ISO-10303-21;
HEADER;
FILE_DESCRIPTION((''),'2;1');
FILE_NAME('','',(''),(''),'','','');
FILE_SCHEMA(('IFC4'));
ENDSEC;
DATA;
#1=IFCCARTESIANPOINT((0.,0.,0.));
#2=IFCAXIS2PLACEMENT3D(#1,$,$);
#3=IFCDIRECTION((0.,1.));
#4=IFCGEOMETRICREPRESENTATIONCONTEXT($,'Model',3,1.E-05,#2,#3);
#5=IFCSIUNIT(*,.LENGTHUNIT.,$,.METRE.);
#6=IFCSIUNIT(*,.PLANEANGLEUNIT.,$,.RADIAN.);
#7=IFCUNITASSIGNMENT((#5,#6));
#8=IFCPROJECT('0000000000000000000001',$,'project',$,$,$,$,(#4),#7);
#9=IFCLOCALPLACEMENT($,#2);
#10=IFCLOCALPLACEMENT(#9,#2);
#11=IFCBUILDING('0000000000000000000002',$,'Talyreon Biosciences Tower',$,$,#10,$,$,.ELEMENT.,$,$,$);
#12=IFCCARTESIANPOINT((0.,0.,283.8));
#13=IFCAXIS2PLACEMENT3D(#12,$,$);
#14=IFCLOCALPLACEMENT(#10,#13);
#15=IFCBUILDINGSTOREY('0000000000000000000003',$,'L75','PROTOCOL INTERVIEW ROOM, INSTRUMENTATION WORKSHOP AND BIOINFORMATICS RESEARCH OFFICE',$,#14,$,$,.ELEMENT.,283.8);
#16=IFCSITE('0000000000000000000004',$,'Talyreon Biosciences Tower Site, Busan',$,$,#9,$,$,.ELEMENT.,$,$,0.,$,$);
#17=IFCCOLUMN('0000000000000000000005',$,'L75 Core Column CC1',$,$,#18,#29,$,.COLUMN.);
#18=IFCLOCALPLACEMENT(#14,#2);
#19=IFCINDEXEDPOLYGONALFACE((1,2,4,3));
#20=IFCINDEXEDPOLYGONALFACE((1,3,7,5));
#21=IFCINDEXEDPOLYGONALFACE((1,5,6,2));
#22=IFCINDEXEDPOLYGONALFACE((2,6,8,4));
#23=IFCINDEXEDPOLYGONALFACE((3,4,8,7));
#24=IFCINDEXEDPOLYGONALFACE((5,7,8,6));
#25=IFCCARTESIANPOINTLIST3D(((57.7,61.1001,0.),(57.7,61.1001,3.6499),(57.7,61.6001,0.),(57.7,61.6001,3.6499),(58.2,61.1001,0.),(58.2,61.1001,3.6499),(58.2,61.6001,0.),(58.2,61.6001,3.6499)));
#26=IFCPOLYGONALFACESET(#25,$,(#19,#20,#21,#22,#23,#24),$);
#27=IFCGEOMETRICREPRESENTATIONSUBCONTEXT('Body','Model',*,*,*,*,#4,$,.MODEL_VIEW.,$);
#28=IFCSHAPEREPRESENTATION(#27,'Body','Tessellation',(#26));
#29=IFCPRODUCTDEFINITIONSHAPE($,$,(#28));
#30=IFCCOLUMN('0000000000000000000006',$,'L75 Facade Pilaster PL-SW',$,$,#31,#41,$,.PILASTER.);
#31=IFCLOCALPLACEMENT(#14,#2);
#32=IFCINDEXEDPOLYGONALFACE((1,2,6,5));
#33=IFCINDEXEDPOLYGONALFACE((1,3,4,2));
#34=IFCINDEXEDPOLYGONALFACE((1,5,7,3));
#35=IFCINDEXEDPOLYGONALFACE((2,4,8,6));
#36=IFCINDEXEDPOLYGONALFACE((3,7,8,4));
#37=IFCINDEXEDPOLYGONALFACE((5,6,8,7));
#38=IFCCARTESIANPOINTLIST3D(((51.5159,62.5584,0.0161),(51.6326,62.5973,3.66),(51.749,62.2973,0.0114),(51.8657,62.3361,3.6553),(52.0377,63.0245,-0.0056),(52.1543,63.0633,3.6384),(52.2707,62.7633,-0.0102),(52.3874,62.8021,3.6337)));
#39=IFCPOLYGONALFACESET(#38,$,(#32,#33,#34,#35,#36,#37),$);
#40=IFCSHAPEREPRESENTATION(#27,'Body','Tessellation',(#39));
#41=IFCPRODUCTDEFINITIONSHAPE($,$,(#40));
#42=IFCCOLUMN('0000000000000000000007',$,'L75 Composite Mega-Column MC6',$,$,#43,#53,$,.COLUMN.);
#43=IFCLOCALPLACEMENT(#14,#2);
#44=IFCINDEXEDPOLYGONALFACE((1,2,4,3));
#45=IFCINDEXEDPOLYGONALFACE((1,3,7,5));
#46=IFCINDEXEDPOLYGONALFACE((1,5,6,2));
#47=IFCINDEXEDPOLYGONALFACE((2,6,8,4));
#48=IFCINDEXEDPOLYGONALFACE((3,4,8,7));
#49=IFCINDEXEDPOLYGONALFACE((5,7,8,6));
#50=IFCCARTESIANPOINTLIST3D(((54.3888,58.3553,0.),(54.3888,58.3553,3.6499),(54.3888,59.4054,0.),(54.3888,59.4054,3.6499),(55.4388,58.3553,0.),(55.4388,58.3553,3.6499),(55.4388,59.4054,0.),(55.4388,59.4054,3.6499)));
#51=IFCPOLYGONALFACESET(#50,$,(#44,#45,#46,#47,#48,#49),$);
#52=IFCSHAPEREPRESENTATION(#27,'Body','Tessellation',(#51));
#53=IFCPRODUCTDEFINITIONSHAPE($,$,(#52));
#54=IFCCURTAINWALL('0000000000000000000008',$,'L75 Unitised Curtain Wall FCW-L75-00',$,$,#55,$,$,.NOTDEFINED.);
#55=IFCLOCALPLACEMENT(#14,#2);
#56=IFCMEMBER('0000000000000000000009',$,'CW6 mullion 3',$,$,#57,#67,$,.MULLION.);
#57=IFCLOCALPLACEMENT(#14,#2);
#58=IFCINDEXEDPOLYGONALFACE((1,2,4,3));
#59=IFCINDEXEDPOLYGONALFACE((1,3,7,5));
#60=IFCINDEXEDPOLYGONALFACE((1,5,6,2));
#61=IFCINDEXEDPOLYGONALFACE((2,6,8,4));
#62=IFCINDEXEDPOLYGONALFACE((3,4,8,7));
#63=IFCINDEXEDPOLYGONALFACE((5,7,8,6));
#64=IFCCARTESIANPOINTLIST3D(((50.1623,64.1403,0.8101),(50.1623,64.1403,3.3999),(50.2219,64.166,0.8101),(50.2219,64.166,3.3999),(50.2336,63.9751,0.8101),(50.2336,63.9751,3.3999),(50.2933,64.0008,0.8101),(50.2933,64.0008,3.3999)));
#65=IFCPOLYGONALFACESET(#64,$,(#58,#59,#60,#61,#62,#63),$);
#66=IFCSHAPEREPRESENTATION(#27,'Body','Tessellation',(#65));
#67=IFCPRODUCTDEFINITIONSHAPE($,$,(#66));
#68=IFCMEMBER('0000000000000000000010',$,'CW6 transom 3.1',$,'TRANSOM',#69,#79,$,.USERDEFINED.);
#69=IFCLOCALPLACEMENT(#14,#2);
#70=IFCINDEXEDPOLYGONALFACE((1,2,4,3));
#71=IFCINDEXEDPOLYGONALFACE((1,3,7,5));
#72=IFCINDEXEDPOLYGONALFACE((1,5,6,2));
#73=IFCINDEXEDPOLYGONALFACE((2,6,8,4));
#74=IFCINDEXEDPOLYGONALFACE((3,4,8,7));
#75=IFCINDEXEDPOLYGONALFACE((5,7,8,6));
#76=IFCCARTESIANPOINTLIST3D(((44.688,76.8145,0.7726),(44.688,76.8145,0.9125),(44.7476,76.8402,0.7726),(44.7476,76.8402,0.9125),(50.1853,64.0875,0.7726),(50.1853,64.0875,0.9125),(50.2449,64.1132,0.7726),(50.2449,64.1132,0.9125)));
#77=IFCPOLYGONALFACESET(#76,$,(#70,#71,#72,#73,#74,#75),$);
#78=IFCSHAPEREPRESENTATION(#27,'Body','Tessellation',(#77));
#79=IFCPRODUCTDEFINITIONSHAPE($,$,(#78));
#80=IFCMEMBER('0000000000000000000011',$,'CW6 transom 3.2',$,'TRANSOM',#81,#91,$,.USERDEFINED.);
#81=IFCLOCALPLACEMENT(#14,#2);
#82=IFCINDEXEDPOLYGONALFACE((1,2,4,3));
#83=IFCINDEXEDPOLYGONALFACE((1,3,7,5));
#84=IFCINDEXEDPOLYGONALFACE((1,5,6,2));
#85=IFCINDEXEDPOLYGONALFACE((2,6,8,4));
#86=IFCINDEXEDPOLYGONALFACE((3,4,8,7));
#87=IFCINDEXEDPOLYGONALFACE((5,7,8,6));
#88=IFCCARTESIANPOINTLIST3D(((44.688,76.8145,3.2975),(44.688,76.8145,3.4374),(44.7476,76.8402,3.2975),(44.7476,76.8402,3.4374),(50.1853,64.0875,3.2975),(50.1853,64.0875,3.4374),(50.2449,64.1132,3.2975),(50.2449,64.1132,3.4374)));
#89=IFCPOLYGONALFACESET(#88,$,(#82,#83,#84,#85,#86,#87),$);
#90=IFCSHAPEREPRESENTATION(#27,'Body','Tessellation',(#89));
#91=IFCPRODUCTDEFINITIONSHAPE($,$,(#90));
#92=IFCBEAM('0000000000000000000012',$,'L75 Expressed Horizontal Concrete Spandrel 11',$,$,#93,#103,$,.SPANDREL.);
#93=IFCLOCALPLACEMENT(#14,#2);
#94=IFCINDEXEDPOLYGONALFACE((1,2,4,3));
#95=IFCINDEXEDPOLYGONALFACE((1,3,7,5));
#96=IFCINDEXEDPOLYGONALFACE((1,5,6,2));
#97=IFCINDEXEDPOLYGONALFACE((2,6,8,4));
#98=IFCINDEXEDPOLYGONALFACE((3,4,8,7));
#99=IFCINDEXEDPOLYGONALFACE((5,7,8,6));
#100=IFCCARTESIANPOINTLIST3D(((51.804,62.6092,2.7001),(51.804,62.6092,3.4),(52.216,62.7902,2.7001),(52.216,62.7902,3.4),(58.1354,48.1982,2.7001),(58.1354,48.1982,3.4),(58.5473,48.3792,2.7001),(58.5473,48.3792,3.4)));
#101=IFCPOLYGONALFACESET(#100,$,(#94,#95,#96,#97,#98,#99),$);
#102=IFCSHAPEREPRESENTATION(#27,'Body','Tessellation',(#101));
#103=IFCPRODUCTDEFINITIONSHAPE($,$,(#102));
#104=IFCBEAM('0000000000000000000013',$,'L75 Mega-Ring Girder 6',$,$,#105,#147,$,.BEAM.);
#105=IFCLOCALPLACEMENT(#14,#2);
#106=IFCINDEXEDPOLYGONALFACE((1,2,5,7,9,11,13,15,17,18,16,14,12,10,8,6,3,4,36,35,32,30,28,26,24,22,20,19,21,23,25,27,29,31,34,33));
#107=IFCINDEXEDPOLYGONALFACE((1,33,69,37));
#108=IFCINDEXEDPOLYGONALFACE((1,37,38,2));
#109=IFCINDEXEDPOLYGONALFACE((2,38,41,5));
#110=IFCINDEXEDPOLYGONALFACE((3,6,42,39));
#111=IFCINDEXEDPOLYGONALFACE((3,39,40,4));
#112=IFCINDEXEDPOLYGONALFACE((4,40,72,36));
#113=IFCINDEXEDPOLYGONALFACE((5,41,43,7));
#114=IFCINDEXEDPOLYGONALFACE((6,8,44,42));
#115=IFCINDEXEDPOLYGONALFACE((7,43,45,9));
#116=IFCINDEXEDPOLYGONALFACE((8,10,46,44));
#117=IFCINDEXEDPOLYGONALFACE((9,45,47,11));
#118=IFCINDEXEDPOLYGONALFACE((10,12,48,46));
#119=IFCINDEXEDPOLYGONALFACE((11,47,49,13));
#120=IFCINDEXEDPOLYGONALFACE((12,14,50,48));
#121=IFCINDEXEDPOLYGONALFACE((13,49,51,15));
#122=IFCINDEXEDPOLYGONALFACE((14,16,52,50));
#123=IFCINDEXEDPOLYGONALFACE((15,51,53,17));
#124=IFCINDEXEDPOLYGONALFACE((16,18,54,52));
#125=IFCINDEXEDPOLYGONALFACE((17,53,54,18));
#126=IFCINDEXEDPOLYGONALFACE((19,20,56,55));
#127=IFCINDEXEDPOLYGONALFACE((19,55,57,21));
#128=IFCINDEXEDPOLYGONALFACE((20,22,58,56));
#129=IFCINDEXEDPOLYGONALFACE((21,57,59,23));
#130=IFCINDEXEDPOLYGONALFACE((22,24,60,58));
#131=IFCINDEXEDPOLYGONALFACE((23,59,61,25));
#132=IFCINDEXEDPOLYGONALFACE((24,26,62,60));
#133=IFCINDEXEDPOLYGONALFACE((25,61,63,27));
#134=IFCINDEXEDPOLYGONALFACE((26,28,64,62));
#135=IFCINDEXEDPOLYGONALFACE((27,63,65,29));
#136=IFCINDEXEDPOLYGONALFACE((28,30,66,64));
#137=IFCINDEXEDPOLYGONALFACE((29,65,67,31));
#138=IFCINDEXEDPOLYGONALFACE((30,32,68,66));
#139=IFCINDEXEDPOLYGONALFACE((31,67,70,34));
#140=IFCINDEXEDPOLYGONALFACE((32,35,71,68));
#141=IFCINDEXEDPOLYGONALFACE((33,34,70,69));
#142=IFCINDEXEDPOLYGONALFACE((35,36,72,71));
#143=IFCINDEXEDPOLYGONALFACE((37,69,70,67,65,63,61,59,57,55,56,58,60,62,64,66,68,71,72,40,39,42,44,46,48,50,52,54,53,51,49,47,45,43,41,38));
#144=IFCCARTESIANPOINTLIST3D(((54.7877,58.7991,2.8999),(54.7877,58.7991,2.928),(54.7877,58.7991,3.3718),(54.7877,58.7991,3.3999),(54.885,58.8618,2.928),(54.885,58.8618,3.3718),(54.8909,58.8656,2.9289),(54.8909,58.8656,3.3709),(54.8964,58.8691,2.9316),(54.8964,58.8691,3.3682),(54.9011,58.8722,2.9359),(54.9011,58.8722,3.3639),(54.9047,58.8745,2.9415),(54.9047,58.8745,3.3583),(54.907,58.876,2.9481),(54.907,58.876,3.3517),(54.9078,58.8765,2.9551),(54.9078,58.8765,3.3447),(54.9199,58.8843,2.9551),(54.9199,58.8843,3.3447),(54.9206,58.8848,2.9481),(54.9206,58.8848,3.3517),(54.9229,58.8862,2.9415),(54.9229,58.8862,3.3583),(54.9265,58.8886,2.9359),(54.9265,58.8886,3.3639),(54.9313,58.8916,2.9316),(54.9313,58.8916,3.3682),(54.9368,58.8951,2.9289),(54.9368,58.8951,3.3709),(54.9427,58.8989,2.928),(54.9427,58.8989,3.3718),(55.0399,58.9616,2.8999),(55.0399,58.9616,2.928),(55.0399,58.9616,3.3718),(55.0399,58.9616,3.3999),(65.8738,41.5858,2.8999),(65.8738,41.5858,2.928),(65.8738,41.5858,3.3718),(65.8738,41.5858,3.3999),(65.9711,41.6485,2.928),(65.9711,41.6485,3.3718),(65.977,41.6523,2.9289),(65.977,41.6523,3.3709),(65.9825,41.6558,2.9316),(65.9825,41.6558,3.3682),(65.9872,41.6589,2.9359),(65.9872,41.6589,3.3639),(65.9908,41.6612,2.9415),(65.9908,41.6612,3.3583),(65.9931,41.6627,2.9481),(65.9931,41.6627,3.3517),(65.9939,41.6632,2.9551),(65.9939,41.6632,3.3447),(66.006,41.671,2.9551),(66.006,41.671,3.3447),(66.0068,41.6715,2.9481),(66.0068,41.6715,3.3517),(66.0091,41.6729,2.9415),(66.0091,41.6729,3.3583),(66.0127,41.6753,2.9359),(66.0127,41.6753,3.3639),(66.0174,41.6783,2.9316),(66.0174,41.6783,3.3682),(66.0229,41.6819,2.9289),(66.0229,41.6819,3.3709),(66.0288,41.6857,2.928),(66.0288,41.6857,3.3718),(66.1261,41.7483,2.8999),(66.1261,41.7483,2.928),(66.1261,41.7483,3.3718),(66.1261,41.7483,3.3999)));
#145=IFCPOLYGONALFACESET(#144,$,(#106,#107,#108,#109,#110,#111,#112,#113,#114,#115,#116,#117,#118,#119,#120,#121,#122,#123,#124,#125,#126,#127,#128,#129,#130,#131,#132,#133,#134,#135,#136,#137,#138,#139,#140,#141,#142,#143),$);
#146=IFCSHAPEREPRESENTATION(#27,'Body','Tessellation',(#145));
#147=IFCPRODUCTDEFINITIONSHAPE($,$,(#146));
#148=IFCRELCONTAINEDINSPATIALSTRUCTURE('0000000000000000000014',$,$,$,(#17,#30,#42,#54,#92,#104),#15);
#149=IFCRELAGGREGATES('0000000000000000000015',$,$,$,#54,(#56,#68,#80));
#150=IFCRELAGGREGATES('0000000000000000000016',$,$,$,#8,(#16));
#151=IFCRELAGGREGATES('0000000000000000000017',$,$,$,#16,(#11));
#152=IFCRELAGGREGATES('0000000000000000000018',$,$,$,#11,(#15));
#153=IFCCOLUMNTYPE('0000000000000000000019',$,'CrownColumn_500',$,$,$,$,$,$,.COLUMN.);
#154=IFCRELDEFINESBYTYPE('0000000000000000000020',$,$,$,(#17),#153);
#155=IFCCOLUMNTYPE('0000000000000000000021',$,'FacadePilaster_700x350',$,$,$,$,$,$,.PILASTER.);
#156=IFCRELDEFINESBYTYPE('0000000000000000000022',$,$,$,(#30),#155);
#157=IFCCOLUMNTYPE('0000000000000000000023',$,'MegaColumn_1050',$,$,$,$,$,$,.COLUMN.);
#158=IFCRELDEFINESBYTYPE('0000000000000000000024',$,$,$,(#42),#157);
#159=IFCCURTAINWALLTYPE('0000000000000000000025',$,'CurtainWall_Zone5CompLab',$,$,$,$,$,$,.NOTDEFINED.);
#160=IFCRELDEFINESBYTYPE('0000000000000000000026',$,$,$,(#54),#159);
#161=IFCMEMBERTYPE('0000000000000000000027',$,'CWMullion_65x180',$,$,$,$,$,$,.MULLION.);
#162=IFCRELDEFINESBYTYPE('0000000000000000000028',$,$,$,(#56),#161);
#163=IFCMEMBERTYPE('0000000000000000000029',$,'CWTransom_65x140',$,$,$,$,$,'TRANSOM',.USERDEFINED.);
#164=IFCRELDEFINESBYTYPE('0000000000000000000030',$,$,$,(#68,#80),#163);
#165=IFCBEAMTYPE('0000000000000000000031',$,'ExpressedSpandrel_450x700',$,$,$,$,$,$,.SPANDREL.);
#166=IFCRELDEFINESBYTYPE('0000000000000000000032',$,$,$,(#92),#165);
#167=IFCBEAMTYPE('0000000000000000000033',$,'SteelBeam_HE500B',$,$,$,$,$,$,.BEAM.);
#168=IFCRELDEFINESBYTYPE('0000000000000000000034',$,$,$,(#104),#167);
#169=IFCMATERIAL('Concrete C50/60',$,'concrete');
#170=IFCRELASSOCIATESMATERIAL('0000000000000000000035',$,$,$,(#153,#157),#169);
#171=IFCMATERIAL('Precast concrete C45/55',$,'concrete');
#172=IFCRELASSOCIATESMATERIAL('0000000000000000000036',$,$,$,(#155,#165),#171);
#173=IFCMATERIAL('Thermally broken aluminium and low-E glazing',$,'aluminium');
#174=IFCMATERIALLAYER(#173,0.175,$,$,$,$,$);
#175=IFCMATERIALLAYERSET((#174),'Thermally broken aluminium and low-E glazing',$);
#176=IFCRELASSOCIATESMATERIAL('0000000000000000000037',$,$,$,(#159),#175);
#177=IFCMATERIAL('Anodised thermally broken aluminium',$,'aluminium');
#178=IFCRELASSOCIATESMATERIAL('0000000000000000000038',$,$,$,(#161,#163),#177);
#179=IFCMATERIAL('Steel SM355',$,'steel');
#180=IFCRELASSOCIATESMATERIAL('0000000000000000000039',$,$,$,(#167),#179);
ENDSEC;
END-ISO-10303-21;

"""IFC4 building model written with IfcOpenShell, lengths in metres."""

from ifc_helpers import new_model, si_unit, direction, frame, origin, origin_2d, place, context, subcontext, project, spatial, rectangle, i_section, extrude, material, layer, layer_set, material_profile, profile_set, type_object, element, aggregate, save


model = new_model("IFC4")

# Units and contexts
model_context = context("Model", 3, precision=1e-05, world=origin(), true_north=direction((0.0, 1.0)))
body_context = subcontext(model_context, "Body", "Model", "MODEL_VIEW")
ifc_project = project(units=[si_unit("LENGTHUNIT", "METRE"), si_unit("PLANEANGLEUNIT", "RADIAN")], contexts=[model_context])

# Site, building, storey
site_placement = place(None, origin())
site = spatial("IfcSite", under=ifc_project, at=site_placement, Name="Talyreon Biosciences Tower Site, Busan", CompositionType="ELEMENT", RefElevation=0.0)
building_placement = place(site_placement, origin())
building = spatial("IfcBuilding", under=site, at=building_placement, Name="Talyreon Biosciences Tower", CompositionType="ELEMENT")
storey_placement = place(building_placement, frame((0.0, 0.0, 283.8)))
storey = spatial("IfcBuildingStorey", under=building, at=storey_placement, Name="L75", Description="PROTOCOL INTERVIEW ROOM, INSTRUMENTATION WORKSHOP AND BIOINFORMATICS RESEARCH OFFICE", CompositionType="ELEMENT", Elevation=283.8)

# Columns
ifc_material_1 = material(Name="Concrete C50/60", Category="concrete")
ifc_material_profile_1 = material_profile(ifc_material_1, rectangle(XDim=0.5, YDim=0.5, at=origin_2d()), Name="RC 500x500")
ifc_profile_set_1 = profile_set([ifc_material_profile_1], Name="Concrete C50/60")
column_type_1 = type_object("IfcColumnType", Name="CrownColumn_500", PredefinedType="COLUMN", material=ifc_profile_set_1)
column_1_placement = place(storey_placement, frame((57.95, 61.3501, 0.0), z_axis=(0.0, 0.0, 1.0), x_axis=(1.0, 0.0, 0.0)))
element("IfcColumn", 1, at=column_1_placement, inside=storey, type_object=column_type_1, Name="L75 Core Column CC1", PredefinedType="COLUMN", context=body_context, shape_type="SweptSolid", body=[
    extrude(rectangle(XDim=0.5, YDim=0.5, at=origin_2d()), origin(), (0.0, 0.0, 1.0), 3.6499),
])
ifc_material_2 = material(Name="Precast concrete C45/55", Category="concrete")
ifc_material_profile_2 = material_profile(ifc_material_2, rectangle(XDim=0.7, YDim=0.3501, at=origin_2d()), Name="RC 700x350")
ifc_profile_set_2 = profile_set([ifc_material_profile_2], Name="Precast concrete C45/55")
column_type_2 = type_object("IfcColumnType", Name="FacadePilaster_700x350", PredefinedType="PILASTER", material=ifc_profile_set_2)
column_2_placement = place(storey_placement, frame((51.8933, 62.6609, 0.0029), z_axis=(0.032006, 0.010646, 0.999431), x_axis=(0.745446, 0.665847, -0.030966)))
element("IfcColumn", 2, at=column_2_placement, inside=storey, type_object=column_type_2, Name="L75 Facade Pilaster PL-SW", PredefinedType="PILASTER", context=body_context, shape_type="SweptSolid", body=[
    extrude(rectangle(XDim=0.7, YDim=0.3501, at=origin_2d()), origin(), (0.0, 0.0, 1.0), 3.646),
])
ifc_material_profile_3 = material_profile(ifc_material_1, rectangle(XDim=1.05, YDim=1.05, at=origin_2d()), Name="RC 1050x1050")
ifc_profile_set_3 = profile_set([ifc_material_profile_3], Name="Concrete C50/60")
column_type_3 = type_object("IfcColumnType", Name="MegaColumn_1050", PredefinedType="COLUMN", material=ifc_profile_set_3)
column_3_placement = place(storey_placement, frame((54.9138, 58.8804, 0.0), z_axis=(0.0, 0.0, 1.0), x_axis=(1.0, 0.0, 0.0)))
element("IfcColumn", 3, at=column_3_placement, inside=storey, type_object=column_type_3, Name="L75 Composite Mega-Column MC6", PredefinedType="COLUMN", context=body_context, shape_type="SweptSolid", body=[
    extrude(rectangle(XDim=1.05, YDim=1.05, at=origin_2d()), origin(), (0.0, 0.0, 1.0), 3.6499),
])

# Curtain wall, members
ifc_material_3 = material(Name="Thermally broken aluminium and low-E glazing", Category="aluminium")
ifc_layer_1 = layer(ifc_material_3, 0.175)
ifc_layer_set_1 = layer_set([ifc_layer_1], Name="Thermally broken aluminium and low-E glazing")
curtain_wall_type = type_object("IfcCurtainWallType", Name="CurtainWall_Zone5CompLab", PredefinedType="NOTDEFINED", material=ifc_layer_set_1)
curtain_wall_placement = place(storey_placement, origin())
curtain_wall = element("IfcCurtainWall", 4, at=curtain_wall_placement, inside=storey, type_object=curtain_wall_type, Name="L75 Unitised Curtain Wall FCW-L75-00", PredefinedType="NOTDEFINED")
ifc_material_4 = material(Name="Anodised thermally broken aluminium", Category="aluminium")
ifc_material_profile_4 = material_profile(ifc_material_4, rectangle(XDim=0.0649, YDim=0.1799, at=origin_2d()), Name="ALUM MULLION 65x180")
ifc_profile_set_4 = profile_set([ifc_material_profile_4], Name="Anodised thermally broken aluminium")
member_type_1 = type_object("IfcMemberType", Name="CWMullion_65x180", PredefinedType="MULLION", material=ifc_profile_set_4)
member_1_placement = place(storey_placement, frame((50.2278, 64.0706, 0.8101), z_axis=(0.0, 0.0, 1.0), x_axis=(-0.918022, -0.396528, 0.0)))
member_1 = element("IfcMember", 5, at=member_1_placement, type_object=member_type_1, Name="CW6 mullion 3", PredefinedType="MULLION", context=body_context, shape_type="SweptSolid", body=[
    extrude(rectangle(XDim=0.0649, YDim=0.1799, at=origin_2d()), origin(), (0.0, 0.0, 1.0), 2.5898),
])
ifc_material_profile_5 = material_profile(ifc_material_4, rectangle(XDim=0.0649, YDim=0.1399, at=origin_2d()), Name="ALUM TRANSOM 65x140")
ifc_profile_set_5 = profile_set([ifc_material_profile_5], Name="Anodised thermally broken aluminium")
member_type_2 = type_object("IfcMemberType", Name="CWTransom_65x140", ElementType="TRANSOM", PredefinedType="USERDEFINED", material=ifc_profile_set_5)
member_2_placement = place(storey_placement, frame((50.2151, 64.1003, 0.8425), z_axis=(-0.39653, 0.918022, 0.0), x_axis=(-0.918022, -0.39653, 0.0)))
member_2 = element("IfcMember", 6, at=member_2_placement, type_object=member_type_2, Name="CW6 transom 3.1", ObjectType="TRANSOM", PredefinedType="USERDEFINED", context=body_context, shape_type="SweptSolid", body=[
    extrude(rectangle(XDim=0.0649, YDim=0.1399, at=origin_2d()), origin(), (0.0, 0.0, 1.0), 13.8635),
])
member_3_placement = place(storey_placement, frame((50.2151, 64.1003, 3.3674), z_axis=(-0.39653, 0.918022, 0.0), x_axis=(-0.918022, -0.39653, 0.0)))
member_3 = element("IfcMember", 7, at=member_3_placement, type_object=member_type_2, Name="CW6 transom 3.2", ObjectType="TRANSOM", PredefinedType="USERDEFINED", context=body_context, shape_type="SweptSolid", body=[
    extrude(rectangle(XDim=0.0649, YDim=0.1399, at=origin_2d()), origin(), (0.0, 0.0, 1.0), 13.8635),
])
aggregate(curtain_wall, [member_1, member_2, member_3])

# Beams
ifc_material_profile_6 = material_profile(ifc_material_2, rectangle(XDim=0.45, YDim=0.7, at=origin_2d()), Name="RCB 450x700")
ifc_profile_set_6 = profile_set([ifc_material_profile_6], Name="Precast concrete C45/55")
beam_type_1 = type_object("IfcBeamType", Name="ExpressedSpandrel_450x700", PredefinedType="SPANDREL", material=ifc_profile_set_6)
beam_1_placement = place(storey_placement, frame((52.01, 62.6997, 3.05), z_axis=(0.402233, -0.915537, 0.0), x_axis=(0.915537, 0.402233, 0.0)))
element("IfcBeam", 8, at=beam_1_placement, inside=storey, type_object=beam_type_1, Name="L75 Expressed Horizontal Concrete Spandrel 11", PredefinedType="SPANDREL", context=body_context, shape_type="SweptSolid", body=[
    extrude(rectangle(XDim=0.45, YDim=0.7, at=origin_2d()), origin(), (0.0, 0.0, 1.0), 15.7405),
])
ifc_material_5 = material(Name="Steel SM355", Category="steel")
ifc_material_profile_7 = material_profile(ifc_material_5, i_section(OverallWidth=0.3, OverallDepth=0.5, WebThickness=0.0144, FlangeThickness=0.0281, FilletRadius=0.0271, at=origin_2d()), Name="HE500B")
ifc_profile_set_7 = profile_set([ifc_material_profile_7], Name="Steel SM355")
beam_type_2 = type_object("IfcBeamType", Name="SteelBeam_HE500B", PredefinedType="BEAM", material=ifc_profile_set_7)
beam_2_placement = place(storey_placement, frame((54.9138, 58.8804, 3.1499), z_axis=(0.541464, -0.840724, 0.0), x_axis=(0.840724, 0.541464, 0.0)))
element("IfcBeam", 9, at=beam_2_placement, inside=storey, type_object=beam_type_2, Name="L75 Mega-Ring Girder 6", PredefinedType="BEAM", context=body_context, shape_type="SweptSolid", body=[
    extrude(i_section(OverallWidth=0.3, OverallDepth=0.5, WebThickness=0.0144, FlangeThickness=0.0281, FilletRadius=0.0271, at=origin_2d()), origin(), (0.0, 0.0, 1.0), 20.4744),
])

save(model, "model.ifc")
